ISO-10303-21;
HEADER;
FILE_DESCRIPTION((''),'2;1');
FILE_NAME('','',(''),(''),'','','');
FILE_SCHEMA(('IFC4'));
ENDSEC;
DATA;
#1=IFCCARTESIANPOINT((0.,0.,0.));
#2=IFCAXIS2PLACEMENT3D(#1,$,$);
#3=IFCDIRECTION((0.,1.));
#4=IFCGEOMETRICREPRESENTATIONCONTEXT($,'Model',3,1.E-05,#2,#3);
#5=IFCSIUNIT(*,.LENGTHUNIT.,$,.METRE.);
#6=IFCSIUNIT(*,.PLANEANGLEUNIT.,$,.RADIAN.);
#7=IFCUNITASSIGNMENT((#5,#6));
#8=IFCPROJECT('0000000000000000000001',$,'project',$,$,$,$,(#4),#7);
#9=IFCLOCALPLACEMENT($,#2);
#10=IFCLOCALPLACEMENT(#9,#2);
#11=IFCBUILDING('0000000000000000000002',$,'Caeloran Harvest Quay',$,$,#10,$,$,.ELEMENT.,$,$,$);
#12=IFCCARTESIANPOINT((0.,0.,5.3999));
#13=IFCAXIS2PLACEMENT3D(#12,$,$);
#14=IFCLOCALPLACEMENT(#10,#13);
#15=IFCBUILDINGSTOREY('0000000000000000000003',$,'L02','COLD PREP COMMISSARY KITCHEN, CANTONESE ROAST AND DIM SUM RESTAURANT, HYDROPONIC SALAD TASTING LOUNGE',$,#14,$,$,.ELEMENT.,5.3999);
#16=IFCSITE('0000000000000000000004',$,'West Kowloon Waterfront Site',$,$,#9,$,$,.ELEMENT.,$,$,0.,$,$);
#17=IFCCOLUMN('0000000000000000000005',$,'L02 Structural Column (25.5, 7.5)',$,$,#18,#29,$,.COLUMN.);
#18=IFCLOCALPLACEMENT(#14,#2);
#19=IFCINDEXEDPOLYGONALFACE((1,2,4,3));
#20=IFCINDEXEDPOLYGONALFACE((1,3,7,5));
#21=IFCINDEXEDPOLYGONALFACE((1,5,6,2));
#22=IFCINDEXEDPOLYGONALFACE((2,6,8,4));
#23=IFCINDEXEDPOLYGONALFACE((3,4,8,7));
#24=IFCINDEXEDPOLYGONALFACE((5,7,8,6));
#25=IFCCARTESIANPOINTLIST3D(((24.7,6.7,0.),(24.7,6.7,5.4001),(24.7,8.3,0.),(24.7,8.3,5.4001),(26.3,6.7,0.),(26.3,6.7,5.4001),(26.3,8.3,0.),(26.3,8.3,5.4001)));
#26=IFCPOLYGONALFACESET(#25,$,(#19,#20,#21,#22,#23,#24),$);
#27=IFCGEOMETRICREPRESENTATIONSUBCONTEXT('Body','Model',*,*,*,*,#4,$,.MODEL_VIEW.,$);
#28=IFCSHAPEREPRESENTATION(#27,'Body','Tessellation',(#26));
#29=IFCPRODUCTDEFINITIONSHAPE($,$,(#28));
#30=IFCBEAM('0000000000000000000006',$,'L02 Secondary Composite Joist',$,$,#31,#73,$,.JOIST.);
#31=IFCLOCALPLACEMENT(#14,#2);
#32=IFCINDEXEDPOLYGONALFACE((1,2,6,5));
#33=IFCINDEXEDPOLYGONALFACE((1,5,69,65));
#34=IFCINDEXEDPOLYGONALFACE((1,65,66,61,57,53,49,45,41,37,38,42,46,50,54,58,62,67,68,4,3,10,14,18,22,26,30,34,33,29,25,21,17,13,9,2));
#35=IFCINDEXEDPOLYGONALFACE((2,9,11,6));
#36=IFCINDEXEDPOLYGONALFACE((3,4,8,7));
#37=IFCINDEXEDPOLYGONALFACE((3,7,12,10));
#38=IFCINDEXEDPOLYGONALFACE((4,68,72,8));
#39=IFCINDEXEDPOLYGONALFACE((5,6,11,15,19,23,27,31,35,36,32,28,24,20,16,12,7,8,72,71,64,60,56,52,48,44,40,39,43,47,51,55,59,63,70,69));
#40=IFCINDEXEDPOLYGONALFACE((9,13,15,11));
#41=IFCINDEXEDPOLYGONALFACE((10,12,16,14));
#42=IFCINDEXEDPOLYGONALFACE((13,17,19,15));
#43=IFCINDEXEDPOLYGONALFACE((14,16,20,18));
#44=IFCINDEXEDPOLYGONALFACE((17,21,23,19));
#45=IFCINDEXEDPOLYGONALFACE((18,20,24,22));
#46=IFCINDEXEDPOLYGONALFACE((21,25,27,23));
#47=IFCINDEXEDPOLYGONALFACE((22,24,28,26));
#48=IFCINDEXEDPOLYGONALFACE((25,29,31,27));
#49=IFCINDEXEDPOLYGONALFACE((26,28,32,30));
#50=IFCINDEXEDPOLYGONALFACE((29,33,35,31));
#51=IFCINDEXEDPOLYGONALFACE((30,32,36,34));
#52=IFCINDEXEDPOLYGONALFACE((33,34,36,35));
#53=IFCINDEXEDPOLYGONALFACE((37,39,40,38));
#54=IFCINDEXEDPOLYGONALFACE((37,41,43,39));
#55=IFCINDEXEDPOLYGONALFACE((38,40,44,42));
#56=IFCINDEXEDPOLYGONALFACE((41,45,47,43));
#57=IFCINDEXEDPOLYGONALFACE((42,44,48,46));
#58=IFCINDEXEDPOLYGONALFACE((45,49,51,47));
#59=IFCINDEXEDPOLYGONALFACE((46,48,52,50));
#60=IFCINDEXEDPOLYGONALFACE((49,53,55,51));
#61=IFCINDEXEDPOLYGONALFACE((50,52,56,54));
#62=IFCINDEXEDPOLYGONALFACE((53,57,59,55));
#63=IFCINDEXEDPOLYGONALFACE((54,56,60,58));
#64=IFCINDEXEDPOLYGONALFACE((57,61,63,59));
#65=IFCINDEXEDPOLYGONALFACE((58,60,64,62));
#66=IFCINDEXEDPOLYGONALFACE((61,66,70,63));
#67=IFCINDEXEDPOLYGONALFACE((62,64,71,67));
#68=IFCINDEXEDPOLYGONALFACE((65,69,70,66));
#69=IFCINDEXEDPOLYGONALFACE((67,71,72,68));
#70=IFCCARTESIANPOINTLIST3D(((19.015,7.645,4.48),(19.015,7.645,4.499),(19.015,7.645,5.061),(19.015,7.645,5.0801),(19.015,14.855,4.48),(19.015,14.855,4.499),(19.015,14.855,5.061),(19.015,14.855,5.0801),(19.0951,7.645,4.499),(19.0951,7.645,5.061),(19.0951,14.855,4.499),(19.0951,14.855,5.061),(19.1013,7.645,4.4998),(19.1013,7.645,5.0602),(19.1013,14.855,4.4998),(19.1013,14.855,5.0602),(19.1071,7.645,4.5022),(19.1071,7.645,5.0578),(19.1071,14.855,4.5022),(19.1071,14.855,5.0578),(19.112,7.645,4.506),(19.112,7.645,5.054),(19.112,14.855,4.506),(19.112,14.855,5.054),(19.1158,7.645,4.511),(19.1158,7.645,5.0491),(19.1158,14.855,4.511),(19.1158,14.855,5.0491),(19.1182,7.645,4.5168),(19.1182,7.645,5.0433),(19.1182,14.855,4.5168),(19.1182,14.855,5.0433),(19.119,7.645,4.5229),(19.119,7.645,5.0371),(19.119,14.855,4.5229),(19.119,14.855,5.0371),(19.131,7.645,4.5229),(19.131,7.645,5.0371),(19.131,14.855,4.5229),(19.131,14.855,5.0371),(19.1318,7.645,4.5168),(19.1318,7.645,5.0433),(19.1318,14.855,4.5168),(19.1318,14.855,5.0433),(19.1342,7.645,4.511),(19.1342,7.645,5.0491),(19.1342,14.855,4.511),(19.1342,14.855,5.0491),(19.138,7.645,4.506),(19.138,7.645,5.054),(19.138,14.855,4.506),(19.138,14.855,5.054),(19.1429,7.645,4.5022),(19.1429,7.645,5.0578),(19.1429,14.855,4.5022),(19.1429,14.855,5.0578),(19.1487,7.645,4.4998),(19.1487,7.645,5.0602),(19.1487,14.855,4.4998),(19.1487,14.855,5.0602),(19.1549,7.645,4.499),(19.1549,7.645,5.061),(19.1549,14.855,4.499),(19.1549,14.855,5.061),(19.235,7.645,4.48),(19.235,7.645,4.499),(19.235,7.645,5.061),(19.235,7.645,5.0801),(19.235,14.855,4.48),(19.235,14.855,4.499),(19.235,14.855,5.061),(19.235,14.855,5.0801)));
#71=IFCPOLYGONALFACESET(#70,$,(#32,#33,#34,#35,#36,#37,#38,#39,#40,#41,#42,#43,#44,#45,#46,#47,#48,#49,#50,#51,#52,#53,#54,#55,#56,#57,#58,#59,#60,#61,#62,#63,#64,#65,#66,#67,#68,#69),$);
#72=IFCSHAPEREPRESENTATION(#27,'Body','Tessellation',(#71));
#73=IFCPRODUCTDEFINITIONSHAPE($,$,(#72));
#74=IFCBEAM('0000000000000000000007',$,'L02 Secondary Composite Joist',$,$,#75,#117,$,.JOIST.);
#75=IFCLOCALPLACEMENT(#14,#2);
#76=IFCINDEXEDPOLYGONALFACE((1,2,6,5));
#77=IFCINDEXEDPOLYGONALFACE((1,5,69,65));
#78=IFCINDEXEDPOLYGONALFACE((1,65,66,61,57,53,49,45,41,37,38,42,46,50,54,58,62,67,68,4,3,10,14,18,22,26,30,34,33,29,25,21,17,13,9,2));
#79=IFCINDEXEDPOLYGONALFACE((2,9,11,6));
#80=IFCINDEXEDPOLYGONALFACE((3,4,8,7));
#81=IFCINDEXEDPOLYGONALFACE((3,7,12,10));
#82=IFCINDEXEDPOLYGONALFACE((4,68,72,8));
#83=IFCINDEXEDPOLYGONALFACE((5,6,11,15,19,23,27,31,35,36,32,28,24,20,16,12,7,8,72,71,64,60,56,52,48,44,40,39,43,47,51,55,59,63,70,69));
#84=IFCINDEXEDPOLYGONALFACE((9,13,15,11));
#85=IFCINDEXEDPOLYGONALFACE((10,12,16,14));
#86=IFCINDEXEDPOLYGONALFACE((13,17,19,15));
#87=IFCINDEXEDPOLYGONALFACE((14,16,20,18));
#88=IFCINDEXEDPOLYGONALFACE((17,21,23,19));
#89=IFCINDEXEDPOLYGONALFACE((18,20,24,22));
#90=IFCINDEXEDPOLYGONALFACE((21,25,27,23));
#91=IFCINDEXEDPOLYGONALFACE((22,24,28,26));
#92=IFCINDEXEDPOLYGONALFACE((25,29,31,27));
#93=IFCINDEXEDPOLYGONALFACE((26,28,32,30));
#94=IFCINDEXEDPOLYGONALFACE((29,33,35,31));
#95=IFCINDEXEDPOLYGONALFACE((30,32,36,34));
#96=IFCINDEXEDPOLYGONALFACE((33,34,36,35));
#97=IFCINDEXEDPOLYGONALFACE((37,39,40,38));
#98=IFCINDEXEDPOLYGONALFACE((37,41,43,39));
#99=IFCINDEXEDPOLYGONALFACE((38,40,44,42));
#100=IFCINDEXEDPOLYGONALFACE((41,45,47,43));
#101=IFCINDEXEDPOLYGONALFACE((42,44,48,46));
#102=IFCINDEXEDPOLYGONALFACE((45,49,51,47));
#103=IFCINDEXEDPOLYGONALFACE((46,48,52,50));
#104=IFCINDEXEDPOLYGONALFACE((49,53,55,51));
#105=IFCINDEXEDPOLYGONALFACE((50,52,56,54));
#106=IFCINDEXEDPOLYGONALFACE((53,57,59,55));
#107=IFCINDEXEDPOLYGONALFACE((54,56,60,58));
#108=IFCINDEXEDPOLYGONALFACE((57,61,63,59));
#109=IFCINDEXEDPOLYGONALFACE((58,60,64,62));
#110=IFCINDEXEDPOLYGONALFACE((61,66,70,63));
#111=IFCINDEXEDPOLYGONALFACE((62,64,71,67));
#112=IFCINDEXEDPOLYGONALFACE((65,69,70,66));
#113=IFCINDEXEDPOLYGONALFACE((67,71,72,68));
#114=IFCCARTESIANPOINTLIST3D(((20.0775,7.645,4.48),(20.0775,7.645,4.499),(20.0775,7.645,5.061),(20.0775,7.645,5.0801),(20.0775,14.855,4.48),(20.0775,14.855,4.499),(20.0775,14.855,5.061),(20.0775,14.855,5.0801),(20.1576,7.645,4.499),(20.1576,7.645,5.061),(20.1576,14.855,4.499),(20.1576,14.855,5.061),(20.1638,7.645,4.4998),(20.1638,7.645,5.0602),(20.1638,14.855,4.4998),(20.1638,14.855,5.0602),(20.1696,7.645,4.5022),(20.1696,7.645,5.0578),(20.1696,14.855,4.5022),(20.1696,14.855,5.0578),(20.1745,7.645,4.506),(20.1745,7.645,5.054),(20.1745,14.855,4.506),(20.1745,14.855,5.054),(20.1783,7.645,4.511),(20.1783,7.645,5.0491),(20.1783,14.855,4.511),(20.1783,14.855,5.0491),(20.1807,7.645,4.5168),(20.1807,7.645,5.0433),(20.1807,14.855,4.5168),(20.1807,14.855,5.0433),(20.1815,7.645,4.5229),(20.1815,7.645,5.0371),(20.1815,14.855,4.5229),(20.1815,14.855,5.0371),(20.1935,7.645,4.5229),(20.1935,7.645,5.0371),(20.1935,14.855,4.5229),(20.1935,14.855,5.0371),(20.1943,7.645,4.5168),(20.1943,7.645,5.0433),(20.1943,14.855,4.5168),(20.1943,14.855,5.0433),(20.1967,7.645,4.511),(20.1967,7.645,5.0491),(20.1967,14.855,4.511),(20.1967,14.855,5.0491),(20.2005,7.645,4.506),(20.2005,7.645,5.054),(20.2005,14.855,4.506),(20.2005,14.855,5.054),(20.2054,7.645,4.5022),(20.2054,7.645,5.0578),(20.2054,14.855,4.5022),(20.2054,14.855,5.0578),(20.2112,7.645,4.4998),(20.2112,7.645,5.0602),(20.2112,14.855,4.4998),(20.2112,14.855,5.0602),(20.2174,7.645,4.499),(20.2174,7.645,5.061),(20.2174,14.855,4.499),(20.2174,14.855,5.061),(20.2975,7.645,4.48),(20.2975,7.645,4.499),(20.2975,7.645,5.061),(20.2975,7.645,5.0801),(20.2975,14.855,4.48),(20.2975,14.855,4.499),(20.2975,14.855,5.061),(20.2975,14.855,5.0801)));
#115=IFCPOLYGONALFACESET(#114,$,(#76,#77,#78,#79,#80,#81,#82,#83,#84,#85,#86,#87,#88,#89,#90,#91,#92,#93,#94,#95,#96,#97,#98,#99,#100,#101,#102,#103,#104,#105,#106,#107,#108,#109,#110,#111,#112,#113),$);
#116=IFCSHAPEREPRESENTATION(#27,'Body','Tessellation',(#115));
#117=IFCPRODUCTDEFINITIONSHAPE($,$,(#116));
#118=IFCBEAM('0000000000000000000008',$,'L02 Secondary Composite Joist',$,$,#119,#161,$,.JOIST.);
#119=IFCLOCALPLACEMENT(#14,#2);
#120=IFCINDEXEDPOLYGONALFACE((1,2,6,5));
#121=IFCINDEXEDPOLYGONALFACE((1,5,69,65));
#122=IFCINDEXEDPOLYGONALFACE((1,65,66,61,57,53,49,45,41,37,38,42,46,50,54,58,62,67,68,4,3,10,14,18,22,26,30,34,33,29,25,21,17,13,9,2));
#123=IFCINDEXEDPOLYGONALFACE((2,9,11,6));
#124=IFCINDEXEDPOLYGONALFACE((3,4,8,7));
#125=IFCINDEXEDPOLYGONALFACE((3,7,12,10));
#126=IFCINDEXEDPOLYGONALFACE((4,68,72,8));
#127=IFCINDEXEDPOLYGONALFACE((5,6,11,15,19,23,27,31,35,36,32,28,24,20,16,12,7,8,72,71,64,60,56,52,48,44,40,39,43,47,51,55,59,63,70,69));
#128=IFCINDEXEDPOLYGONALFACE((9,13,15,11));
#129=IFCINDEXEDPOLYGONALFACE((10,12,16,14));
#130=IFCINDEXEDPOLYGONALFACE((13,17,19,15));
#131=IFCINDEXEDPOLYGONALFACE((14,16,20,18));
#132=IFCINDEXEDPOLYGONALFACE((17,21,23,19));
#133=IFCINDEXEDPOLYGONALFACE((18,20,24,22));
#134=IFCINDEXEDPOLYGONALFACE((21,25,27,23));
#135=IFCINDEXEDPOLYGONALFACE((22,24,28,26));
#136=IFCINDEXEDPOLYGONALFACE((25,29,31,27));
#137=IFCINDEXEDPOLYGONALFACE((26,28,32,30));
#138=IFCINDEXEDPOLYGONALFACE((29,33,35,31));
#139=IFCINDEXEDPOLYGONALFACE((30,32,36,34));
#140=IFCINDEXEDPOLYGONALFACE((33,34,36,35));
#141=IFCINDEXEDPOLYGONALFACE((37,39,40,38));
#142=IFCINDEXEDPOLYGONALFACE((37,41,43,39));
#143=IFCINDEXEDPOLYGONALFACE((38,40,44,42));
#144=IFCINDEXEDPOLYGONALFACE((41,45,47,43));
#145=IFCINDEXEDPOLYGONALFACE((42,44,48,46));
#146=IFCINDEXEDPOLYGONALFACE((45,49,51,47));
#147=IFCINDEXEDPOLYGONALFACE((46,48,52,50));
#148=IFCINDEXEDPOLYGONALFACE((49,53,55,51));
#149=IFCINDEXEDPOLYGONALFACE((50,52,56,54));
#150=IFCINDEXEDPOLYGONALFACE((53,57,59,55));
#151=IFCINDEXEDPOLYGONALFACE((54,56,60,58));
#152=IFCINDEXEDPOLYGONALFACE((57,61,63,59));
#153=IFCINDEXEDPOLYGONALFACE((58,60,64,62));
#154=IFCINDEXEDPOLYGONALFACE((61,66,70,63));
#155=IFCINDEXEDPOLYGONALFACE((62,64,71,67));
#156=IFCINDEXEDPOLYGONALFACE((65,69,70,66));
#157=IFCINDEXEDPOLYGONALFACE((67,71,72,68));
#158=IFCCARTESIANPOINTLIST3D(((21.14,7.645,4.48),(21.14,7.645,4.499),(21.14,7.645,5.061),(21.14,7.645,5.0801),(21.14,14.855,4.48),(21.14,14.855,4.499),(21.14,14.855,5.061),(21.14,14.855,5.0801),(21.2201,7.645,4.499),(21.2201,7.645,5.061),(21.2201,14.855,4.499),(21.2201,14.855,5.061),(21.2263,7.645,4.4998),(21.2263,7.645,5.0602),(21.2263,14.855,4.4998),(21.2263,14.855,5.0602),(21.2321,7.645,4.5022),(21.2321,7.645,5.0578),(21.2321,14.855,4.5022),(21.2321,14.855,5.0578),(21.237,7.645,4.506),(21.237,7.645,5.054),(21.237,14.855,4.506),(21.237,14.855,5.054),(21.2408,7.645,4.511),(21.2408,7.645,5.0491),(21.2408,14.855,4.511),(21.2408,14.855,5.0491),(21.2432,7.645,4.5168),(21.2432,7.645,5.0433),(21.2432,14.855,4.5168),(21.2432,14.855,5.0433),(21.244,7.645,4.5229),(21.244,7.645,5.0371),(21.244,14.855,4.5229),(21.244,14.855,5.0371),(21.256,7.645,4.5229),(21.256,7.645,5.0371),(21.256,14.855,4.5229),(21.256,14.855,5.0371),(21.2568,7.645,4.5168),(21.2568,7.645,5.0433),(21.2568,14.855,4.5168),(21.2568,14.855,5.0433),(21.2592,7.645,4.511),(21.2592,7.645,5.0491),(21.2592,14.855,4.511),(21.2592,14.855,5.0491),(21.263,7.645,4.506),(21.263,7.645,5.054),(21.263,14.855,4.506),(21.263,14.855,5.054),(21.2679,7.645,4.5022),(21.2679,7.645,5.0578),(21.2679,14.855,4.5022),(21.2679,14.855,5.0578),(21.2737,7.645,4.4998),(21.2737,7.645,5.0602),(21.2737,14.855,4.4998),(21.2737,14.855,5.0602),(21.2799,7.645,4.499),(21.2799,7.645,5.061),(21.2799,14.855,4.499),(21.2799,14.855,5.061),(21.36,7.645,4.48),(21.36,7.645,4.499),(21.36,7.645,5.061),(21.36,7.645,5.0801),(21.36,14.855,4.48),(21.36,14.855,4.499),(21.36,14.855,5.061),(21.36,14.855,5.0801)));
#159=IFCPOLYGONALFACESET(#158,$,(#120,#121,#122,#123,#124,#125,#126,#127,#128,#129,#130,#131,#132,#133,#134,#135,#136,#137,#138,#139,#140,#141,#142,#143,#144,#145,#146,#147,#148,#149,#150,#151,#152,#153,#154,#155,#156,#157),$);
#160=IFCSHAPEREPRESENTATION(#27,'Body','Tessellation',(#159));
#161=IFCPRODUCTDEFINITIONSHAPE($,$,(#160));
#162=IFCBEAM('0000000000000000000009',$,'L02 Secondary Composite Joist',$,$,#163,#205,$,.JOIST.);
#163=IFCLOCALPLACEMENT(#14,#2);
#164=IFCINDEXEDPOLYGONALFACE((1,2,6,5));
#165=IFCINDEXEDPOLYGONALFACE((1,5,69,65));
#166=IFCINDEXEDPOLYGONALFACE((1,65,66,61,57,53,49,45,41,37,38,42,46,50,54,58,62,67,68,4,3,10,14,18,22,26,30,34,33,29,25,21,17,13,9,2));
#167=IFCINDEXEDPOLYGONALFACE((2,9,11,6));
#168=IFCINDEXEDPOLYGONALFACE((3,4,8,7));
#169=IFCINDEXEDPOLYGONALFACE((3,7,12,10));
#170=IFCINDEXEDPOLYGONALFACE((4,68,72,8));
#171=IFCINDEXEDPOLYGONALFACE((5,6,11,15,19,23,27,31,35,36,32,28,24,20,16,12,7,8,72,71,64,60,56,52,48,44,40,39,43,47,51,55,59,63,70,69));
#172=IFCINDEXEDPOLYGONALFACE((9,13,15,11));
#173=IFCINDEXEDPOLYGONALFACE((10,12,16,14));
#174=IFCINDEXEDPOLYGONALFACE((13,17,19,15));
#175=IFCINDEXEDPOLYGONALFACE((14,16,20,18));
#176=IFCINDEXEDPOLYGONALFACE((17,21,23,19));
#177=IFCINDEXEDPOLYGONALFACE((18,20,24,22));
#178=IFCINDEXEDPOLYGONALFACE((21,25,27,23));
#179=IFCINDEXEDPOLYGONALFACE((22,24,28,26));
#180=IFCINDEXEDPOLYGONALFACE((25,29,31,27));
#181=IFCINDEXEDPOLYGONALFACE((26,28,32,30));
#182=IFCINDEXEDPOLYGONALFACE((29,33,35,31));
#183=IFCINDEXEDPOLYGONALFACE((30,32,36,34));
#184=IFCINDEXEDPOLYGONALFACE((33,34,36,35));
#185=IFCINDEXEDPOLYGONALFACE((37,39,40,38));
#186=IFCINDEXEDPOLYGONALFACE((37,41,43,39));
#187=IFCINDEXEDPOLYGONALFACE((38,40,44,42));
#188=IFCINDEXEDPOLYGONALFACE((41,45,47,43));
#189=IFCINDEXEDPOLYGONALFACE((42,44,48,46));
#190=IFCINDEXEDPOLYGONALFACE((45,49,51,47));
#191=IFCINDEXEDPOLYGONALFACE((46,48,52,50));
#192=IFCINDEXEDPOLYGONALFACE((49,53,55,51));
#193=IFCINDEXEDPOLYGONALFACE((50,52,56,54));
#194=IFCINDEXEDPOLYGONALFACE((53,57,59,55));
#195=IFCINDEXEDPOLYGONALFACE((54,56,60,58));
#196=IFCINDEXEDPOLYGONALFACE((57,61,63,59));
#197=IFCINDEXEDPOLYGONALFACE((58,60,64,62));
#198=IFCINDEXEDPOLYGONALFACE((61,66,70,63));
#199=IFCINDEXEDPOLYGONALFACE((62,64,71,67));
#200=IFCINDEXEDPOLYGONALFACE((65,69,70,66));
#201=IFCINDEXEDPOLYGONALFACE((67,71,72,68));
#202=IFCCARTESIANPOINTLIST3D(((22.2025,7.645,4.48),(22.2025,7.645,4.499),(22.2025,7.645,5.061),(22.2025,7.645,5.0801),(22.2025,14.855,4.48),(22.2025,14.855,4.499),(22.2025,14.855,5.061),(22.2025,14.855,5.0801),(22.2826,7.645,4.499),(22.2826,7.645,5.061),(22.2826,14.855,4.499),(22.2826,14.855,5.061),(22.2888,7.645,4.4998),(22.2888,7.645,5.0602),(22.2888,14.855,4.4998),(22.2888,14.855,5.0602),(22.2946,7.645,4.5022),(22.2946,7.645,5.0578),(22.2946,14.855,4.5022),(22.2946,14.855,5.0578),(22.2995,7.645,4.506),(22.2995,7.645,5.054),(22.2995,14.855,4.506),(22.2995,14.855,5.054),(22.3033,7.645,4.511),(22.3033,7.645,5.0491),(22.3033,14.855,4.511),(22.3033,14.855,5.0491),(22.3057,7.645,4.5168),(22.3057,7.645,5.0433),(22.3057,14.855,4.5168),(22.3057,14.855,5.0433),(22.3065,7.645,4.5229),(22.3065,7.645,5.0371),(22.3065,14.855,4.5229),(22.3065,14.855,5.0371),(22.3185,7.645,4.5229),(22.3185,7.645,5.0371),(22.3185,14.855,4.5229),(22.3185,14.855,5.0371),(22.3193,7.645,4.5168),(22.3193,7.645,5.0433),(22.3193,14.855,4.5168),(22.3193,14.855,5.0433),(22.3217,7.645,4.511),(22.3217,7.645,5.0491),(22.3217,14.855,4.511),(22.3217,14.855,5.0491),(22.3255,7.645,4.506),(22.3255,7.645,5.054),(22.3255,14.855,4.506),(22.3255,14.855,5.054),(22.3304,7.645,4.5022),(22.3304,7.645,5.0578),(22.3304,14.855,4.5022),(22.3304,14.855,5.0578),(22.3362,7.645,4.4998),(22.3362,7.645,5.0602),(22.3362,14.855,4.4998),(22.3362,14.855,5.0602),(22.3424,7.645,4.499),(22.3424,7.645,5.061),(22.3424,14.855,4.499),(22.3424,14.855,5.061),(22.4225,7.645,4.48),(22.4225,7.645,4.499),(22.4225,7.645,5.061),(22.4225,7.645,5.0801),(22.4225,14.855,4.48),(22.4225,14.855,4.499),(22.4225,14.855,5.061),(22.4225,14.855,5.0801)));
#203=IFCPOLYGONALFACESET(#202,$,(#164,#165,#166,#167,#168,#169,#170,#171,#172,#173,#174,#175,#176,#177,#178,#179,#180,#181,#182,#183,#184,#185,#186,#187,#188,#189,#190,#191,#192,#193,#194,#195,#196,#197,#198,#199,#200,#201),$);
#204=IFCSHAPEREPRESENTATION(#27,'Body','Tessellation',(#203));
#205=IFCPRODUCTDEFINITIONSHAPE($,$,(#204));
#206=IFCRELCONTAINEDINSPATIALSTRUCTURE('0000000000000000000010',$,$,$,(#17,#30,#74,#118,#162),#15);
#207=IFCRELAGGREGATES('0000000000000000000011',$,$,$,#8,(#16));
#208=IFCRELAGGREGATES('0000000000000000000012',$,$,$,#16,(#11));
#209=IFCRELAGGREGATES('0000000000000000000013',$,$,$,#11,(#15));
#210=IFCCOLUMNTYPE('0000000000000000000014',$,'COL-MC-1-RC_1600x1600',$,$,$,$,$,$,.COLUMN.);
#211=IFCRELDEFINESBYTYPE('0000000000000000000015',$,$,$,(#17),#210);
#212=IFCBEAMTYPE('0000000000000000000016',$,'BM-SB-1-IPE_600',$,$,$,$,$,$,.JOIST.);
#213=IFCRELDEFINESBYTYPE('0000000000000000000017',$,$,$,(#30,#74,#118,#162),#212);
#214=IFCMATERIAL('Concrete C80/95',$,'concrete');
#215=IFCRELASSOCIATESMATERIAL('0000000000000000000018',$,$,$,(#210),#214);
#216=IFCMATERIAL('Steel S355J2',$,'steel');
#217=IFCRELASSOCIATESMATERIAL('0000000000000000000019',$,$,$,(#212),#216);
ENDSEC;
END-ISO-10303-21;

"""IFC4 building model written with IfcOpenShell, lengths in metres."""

from ifc_helpers import new_model, si_unit, direction, frame, origin, origin_2d, place, context, subcontext, project, spatial, rectangle, i_section, extrude, material, material_profile, profile_set, type_object, element, save


model = new_model("IFC4")

# Units and contexts
model_context = context("Model", 3, precision=1e-05, world=origin(), true_north=direction((0.0, 1.0)))
body_context = subcontext(model_context, "Body", "Model", "MODEL_VIEW")
ifc_project = project(units=[si_unit("LENGTHUNIT", "METRE"), si_unit("PLANEANGLEUNIT", "RADIAN")], contexts=[model_context])

# Site, building, storey
site_placement = place(None, origin())
site = spatial("IfcSite", under=ifc_project, at=site_placement, Name="West Kowloon Waterfront Site", CompositionType="ELEMENT", RefElevation=0.0)
building_placement = place(site_placement, origin())
building = spatial("IfcBuilding", under=site, at=building_placement, Name="Caeloran Harvest Quay", CompositionType="ELEMENT")
storey_placement = place(building_placement, frame((0.0, 0.0, 5.3999)))
storey = spatial("IfcBuildingStorey", under=building, at=storey_placement, Name="L02", Description="COLD PREP COMMISSARY KITCHEN, CANTONESE ROAST AND DIM SUM RESTAURANT, HYDROPONIC SALAD TASTING LOUNGE", CompositionType="ELEMENT", Elevation=5.3999)

# Column
ifc_material_1 = material(Name="Concrete C80/95", Category="concrete")
ifc_material_profile_1 = material_profile(ifc_material_1, rectangle(XDim=1.6001, YDim=1.6001, at=origin_2d()), Name="RC 1600x1600")
ifc_profile_set_1 = profile_set([ifc_material_profile_1], Name="Concrete C80/95")
column_type = type_object("IfcColumnType", Name="COL-MC-1-RC_1600x1600", PredefinedType="COLUMN", material=ifc_profile_set_1)
column_placement = place(storey_placement, frame((25.5, 7.5, 0.0), z_axis=(0.0, 0.0, 1.0), x_axis=(1.0, 0.0, 0.0)))
element("IfcColumn", 1, at=column_placement, inside=storey, type_object=column_type, Name="L02 Structural Column (25.5, 7.5)", PredefinedType="COLUMN", context=body_context, shape_type="SweptSolid", body=[
    extrude(rectangle(XDim=1.6001, YDim=1.6001, at=origin_2d()), origin(), (0.0, 0.0, 1.0), 5.4001),
])

# Beams
ifc_material_2 = material(Name="Steel S355J2", Category="steel")
ifc_material_profile_2 = material_profile(ifc_material_2, i_section(OverallWidth=0.22, OverallDepth=0.6001, WebThickness=0.012, FlangeThickness=0.019, FilletRadius=0.0239, at=origin_2d()), Name="IPE 600")
ifc_profile_set_2 = profile_set([ifc_material_profile_2], Name="Steel S355J2")
beam_type_1 = type_object("IfcBeamType", Name="BM-SB-1-IPE_600", PredefinedType="JOIST", material=ifc_profile_set_2)
for number, where, z_axis, x_axis, name in (
    (2, (19.125, 7.645, 4.78), (0.0, 1.0, 0.0), (-1.0, 0.0, 0.0), "L02 Secondary Composite Joist"),
    (3, (20.1875, 7.645, 4.78), (0.0, 1.0, 0.0), (-1.0, 0.0, 0.0), "L02 Secondary Composite Joist"),
    (4, (21.25, 7.645, 4.78), (0.0, 1.0, 0.0), (-1.0, 0.0, 0.0), "L02 Secondary Composite Joist"),
    (5, (22.3125, 7.645, 4.78), (0.0, 1.0, 0.0), (-1.0, 0.0, 0.0), "L02 Secondary Composite Joist"),
):
    element("IfcBeam", number, at=place(storey_placement, frame(where, z_axis=z_axis, x_axis=x_axis)), inside=storey, type_object=beam_type_1, Name=name, PredefinedType="JOIST", context=body_context, shape_type="SweptSolid", body=[
        extrude(i_section(OverallWidth=0.22, OverallDepth=0.6001, WebThickness=0.012, FlangeThickness=0.019, FilletRadius=0.0239, at=origin_2d()), origin(), (0.0, 0.0, 1.0), 7.21),
    ])

save(model, "model.ifc")
